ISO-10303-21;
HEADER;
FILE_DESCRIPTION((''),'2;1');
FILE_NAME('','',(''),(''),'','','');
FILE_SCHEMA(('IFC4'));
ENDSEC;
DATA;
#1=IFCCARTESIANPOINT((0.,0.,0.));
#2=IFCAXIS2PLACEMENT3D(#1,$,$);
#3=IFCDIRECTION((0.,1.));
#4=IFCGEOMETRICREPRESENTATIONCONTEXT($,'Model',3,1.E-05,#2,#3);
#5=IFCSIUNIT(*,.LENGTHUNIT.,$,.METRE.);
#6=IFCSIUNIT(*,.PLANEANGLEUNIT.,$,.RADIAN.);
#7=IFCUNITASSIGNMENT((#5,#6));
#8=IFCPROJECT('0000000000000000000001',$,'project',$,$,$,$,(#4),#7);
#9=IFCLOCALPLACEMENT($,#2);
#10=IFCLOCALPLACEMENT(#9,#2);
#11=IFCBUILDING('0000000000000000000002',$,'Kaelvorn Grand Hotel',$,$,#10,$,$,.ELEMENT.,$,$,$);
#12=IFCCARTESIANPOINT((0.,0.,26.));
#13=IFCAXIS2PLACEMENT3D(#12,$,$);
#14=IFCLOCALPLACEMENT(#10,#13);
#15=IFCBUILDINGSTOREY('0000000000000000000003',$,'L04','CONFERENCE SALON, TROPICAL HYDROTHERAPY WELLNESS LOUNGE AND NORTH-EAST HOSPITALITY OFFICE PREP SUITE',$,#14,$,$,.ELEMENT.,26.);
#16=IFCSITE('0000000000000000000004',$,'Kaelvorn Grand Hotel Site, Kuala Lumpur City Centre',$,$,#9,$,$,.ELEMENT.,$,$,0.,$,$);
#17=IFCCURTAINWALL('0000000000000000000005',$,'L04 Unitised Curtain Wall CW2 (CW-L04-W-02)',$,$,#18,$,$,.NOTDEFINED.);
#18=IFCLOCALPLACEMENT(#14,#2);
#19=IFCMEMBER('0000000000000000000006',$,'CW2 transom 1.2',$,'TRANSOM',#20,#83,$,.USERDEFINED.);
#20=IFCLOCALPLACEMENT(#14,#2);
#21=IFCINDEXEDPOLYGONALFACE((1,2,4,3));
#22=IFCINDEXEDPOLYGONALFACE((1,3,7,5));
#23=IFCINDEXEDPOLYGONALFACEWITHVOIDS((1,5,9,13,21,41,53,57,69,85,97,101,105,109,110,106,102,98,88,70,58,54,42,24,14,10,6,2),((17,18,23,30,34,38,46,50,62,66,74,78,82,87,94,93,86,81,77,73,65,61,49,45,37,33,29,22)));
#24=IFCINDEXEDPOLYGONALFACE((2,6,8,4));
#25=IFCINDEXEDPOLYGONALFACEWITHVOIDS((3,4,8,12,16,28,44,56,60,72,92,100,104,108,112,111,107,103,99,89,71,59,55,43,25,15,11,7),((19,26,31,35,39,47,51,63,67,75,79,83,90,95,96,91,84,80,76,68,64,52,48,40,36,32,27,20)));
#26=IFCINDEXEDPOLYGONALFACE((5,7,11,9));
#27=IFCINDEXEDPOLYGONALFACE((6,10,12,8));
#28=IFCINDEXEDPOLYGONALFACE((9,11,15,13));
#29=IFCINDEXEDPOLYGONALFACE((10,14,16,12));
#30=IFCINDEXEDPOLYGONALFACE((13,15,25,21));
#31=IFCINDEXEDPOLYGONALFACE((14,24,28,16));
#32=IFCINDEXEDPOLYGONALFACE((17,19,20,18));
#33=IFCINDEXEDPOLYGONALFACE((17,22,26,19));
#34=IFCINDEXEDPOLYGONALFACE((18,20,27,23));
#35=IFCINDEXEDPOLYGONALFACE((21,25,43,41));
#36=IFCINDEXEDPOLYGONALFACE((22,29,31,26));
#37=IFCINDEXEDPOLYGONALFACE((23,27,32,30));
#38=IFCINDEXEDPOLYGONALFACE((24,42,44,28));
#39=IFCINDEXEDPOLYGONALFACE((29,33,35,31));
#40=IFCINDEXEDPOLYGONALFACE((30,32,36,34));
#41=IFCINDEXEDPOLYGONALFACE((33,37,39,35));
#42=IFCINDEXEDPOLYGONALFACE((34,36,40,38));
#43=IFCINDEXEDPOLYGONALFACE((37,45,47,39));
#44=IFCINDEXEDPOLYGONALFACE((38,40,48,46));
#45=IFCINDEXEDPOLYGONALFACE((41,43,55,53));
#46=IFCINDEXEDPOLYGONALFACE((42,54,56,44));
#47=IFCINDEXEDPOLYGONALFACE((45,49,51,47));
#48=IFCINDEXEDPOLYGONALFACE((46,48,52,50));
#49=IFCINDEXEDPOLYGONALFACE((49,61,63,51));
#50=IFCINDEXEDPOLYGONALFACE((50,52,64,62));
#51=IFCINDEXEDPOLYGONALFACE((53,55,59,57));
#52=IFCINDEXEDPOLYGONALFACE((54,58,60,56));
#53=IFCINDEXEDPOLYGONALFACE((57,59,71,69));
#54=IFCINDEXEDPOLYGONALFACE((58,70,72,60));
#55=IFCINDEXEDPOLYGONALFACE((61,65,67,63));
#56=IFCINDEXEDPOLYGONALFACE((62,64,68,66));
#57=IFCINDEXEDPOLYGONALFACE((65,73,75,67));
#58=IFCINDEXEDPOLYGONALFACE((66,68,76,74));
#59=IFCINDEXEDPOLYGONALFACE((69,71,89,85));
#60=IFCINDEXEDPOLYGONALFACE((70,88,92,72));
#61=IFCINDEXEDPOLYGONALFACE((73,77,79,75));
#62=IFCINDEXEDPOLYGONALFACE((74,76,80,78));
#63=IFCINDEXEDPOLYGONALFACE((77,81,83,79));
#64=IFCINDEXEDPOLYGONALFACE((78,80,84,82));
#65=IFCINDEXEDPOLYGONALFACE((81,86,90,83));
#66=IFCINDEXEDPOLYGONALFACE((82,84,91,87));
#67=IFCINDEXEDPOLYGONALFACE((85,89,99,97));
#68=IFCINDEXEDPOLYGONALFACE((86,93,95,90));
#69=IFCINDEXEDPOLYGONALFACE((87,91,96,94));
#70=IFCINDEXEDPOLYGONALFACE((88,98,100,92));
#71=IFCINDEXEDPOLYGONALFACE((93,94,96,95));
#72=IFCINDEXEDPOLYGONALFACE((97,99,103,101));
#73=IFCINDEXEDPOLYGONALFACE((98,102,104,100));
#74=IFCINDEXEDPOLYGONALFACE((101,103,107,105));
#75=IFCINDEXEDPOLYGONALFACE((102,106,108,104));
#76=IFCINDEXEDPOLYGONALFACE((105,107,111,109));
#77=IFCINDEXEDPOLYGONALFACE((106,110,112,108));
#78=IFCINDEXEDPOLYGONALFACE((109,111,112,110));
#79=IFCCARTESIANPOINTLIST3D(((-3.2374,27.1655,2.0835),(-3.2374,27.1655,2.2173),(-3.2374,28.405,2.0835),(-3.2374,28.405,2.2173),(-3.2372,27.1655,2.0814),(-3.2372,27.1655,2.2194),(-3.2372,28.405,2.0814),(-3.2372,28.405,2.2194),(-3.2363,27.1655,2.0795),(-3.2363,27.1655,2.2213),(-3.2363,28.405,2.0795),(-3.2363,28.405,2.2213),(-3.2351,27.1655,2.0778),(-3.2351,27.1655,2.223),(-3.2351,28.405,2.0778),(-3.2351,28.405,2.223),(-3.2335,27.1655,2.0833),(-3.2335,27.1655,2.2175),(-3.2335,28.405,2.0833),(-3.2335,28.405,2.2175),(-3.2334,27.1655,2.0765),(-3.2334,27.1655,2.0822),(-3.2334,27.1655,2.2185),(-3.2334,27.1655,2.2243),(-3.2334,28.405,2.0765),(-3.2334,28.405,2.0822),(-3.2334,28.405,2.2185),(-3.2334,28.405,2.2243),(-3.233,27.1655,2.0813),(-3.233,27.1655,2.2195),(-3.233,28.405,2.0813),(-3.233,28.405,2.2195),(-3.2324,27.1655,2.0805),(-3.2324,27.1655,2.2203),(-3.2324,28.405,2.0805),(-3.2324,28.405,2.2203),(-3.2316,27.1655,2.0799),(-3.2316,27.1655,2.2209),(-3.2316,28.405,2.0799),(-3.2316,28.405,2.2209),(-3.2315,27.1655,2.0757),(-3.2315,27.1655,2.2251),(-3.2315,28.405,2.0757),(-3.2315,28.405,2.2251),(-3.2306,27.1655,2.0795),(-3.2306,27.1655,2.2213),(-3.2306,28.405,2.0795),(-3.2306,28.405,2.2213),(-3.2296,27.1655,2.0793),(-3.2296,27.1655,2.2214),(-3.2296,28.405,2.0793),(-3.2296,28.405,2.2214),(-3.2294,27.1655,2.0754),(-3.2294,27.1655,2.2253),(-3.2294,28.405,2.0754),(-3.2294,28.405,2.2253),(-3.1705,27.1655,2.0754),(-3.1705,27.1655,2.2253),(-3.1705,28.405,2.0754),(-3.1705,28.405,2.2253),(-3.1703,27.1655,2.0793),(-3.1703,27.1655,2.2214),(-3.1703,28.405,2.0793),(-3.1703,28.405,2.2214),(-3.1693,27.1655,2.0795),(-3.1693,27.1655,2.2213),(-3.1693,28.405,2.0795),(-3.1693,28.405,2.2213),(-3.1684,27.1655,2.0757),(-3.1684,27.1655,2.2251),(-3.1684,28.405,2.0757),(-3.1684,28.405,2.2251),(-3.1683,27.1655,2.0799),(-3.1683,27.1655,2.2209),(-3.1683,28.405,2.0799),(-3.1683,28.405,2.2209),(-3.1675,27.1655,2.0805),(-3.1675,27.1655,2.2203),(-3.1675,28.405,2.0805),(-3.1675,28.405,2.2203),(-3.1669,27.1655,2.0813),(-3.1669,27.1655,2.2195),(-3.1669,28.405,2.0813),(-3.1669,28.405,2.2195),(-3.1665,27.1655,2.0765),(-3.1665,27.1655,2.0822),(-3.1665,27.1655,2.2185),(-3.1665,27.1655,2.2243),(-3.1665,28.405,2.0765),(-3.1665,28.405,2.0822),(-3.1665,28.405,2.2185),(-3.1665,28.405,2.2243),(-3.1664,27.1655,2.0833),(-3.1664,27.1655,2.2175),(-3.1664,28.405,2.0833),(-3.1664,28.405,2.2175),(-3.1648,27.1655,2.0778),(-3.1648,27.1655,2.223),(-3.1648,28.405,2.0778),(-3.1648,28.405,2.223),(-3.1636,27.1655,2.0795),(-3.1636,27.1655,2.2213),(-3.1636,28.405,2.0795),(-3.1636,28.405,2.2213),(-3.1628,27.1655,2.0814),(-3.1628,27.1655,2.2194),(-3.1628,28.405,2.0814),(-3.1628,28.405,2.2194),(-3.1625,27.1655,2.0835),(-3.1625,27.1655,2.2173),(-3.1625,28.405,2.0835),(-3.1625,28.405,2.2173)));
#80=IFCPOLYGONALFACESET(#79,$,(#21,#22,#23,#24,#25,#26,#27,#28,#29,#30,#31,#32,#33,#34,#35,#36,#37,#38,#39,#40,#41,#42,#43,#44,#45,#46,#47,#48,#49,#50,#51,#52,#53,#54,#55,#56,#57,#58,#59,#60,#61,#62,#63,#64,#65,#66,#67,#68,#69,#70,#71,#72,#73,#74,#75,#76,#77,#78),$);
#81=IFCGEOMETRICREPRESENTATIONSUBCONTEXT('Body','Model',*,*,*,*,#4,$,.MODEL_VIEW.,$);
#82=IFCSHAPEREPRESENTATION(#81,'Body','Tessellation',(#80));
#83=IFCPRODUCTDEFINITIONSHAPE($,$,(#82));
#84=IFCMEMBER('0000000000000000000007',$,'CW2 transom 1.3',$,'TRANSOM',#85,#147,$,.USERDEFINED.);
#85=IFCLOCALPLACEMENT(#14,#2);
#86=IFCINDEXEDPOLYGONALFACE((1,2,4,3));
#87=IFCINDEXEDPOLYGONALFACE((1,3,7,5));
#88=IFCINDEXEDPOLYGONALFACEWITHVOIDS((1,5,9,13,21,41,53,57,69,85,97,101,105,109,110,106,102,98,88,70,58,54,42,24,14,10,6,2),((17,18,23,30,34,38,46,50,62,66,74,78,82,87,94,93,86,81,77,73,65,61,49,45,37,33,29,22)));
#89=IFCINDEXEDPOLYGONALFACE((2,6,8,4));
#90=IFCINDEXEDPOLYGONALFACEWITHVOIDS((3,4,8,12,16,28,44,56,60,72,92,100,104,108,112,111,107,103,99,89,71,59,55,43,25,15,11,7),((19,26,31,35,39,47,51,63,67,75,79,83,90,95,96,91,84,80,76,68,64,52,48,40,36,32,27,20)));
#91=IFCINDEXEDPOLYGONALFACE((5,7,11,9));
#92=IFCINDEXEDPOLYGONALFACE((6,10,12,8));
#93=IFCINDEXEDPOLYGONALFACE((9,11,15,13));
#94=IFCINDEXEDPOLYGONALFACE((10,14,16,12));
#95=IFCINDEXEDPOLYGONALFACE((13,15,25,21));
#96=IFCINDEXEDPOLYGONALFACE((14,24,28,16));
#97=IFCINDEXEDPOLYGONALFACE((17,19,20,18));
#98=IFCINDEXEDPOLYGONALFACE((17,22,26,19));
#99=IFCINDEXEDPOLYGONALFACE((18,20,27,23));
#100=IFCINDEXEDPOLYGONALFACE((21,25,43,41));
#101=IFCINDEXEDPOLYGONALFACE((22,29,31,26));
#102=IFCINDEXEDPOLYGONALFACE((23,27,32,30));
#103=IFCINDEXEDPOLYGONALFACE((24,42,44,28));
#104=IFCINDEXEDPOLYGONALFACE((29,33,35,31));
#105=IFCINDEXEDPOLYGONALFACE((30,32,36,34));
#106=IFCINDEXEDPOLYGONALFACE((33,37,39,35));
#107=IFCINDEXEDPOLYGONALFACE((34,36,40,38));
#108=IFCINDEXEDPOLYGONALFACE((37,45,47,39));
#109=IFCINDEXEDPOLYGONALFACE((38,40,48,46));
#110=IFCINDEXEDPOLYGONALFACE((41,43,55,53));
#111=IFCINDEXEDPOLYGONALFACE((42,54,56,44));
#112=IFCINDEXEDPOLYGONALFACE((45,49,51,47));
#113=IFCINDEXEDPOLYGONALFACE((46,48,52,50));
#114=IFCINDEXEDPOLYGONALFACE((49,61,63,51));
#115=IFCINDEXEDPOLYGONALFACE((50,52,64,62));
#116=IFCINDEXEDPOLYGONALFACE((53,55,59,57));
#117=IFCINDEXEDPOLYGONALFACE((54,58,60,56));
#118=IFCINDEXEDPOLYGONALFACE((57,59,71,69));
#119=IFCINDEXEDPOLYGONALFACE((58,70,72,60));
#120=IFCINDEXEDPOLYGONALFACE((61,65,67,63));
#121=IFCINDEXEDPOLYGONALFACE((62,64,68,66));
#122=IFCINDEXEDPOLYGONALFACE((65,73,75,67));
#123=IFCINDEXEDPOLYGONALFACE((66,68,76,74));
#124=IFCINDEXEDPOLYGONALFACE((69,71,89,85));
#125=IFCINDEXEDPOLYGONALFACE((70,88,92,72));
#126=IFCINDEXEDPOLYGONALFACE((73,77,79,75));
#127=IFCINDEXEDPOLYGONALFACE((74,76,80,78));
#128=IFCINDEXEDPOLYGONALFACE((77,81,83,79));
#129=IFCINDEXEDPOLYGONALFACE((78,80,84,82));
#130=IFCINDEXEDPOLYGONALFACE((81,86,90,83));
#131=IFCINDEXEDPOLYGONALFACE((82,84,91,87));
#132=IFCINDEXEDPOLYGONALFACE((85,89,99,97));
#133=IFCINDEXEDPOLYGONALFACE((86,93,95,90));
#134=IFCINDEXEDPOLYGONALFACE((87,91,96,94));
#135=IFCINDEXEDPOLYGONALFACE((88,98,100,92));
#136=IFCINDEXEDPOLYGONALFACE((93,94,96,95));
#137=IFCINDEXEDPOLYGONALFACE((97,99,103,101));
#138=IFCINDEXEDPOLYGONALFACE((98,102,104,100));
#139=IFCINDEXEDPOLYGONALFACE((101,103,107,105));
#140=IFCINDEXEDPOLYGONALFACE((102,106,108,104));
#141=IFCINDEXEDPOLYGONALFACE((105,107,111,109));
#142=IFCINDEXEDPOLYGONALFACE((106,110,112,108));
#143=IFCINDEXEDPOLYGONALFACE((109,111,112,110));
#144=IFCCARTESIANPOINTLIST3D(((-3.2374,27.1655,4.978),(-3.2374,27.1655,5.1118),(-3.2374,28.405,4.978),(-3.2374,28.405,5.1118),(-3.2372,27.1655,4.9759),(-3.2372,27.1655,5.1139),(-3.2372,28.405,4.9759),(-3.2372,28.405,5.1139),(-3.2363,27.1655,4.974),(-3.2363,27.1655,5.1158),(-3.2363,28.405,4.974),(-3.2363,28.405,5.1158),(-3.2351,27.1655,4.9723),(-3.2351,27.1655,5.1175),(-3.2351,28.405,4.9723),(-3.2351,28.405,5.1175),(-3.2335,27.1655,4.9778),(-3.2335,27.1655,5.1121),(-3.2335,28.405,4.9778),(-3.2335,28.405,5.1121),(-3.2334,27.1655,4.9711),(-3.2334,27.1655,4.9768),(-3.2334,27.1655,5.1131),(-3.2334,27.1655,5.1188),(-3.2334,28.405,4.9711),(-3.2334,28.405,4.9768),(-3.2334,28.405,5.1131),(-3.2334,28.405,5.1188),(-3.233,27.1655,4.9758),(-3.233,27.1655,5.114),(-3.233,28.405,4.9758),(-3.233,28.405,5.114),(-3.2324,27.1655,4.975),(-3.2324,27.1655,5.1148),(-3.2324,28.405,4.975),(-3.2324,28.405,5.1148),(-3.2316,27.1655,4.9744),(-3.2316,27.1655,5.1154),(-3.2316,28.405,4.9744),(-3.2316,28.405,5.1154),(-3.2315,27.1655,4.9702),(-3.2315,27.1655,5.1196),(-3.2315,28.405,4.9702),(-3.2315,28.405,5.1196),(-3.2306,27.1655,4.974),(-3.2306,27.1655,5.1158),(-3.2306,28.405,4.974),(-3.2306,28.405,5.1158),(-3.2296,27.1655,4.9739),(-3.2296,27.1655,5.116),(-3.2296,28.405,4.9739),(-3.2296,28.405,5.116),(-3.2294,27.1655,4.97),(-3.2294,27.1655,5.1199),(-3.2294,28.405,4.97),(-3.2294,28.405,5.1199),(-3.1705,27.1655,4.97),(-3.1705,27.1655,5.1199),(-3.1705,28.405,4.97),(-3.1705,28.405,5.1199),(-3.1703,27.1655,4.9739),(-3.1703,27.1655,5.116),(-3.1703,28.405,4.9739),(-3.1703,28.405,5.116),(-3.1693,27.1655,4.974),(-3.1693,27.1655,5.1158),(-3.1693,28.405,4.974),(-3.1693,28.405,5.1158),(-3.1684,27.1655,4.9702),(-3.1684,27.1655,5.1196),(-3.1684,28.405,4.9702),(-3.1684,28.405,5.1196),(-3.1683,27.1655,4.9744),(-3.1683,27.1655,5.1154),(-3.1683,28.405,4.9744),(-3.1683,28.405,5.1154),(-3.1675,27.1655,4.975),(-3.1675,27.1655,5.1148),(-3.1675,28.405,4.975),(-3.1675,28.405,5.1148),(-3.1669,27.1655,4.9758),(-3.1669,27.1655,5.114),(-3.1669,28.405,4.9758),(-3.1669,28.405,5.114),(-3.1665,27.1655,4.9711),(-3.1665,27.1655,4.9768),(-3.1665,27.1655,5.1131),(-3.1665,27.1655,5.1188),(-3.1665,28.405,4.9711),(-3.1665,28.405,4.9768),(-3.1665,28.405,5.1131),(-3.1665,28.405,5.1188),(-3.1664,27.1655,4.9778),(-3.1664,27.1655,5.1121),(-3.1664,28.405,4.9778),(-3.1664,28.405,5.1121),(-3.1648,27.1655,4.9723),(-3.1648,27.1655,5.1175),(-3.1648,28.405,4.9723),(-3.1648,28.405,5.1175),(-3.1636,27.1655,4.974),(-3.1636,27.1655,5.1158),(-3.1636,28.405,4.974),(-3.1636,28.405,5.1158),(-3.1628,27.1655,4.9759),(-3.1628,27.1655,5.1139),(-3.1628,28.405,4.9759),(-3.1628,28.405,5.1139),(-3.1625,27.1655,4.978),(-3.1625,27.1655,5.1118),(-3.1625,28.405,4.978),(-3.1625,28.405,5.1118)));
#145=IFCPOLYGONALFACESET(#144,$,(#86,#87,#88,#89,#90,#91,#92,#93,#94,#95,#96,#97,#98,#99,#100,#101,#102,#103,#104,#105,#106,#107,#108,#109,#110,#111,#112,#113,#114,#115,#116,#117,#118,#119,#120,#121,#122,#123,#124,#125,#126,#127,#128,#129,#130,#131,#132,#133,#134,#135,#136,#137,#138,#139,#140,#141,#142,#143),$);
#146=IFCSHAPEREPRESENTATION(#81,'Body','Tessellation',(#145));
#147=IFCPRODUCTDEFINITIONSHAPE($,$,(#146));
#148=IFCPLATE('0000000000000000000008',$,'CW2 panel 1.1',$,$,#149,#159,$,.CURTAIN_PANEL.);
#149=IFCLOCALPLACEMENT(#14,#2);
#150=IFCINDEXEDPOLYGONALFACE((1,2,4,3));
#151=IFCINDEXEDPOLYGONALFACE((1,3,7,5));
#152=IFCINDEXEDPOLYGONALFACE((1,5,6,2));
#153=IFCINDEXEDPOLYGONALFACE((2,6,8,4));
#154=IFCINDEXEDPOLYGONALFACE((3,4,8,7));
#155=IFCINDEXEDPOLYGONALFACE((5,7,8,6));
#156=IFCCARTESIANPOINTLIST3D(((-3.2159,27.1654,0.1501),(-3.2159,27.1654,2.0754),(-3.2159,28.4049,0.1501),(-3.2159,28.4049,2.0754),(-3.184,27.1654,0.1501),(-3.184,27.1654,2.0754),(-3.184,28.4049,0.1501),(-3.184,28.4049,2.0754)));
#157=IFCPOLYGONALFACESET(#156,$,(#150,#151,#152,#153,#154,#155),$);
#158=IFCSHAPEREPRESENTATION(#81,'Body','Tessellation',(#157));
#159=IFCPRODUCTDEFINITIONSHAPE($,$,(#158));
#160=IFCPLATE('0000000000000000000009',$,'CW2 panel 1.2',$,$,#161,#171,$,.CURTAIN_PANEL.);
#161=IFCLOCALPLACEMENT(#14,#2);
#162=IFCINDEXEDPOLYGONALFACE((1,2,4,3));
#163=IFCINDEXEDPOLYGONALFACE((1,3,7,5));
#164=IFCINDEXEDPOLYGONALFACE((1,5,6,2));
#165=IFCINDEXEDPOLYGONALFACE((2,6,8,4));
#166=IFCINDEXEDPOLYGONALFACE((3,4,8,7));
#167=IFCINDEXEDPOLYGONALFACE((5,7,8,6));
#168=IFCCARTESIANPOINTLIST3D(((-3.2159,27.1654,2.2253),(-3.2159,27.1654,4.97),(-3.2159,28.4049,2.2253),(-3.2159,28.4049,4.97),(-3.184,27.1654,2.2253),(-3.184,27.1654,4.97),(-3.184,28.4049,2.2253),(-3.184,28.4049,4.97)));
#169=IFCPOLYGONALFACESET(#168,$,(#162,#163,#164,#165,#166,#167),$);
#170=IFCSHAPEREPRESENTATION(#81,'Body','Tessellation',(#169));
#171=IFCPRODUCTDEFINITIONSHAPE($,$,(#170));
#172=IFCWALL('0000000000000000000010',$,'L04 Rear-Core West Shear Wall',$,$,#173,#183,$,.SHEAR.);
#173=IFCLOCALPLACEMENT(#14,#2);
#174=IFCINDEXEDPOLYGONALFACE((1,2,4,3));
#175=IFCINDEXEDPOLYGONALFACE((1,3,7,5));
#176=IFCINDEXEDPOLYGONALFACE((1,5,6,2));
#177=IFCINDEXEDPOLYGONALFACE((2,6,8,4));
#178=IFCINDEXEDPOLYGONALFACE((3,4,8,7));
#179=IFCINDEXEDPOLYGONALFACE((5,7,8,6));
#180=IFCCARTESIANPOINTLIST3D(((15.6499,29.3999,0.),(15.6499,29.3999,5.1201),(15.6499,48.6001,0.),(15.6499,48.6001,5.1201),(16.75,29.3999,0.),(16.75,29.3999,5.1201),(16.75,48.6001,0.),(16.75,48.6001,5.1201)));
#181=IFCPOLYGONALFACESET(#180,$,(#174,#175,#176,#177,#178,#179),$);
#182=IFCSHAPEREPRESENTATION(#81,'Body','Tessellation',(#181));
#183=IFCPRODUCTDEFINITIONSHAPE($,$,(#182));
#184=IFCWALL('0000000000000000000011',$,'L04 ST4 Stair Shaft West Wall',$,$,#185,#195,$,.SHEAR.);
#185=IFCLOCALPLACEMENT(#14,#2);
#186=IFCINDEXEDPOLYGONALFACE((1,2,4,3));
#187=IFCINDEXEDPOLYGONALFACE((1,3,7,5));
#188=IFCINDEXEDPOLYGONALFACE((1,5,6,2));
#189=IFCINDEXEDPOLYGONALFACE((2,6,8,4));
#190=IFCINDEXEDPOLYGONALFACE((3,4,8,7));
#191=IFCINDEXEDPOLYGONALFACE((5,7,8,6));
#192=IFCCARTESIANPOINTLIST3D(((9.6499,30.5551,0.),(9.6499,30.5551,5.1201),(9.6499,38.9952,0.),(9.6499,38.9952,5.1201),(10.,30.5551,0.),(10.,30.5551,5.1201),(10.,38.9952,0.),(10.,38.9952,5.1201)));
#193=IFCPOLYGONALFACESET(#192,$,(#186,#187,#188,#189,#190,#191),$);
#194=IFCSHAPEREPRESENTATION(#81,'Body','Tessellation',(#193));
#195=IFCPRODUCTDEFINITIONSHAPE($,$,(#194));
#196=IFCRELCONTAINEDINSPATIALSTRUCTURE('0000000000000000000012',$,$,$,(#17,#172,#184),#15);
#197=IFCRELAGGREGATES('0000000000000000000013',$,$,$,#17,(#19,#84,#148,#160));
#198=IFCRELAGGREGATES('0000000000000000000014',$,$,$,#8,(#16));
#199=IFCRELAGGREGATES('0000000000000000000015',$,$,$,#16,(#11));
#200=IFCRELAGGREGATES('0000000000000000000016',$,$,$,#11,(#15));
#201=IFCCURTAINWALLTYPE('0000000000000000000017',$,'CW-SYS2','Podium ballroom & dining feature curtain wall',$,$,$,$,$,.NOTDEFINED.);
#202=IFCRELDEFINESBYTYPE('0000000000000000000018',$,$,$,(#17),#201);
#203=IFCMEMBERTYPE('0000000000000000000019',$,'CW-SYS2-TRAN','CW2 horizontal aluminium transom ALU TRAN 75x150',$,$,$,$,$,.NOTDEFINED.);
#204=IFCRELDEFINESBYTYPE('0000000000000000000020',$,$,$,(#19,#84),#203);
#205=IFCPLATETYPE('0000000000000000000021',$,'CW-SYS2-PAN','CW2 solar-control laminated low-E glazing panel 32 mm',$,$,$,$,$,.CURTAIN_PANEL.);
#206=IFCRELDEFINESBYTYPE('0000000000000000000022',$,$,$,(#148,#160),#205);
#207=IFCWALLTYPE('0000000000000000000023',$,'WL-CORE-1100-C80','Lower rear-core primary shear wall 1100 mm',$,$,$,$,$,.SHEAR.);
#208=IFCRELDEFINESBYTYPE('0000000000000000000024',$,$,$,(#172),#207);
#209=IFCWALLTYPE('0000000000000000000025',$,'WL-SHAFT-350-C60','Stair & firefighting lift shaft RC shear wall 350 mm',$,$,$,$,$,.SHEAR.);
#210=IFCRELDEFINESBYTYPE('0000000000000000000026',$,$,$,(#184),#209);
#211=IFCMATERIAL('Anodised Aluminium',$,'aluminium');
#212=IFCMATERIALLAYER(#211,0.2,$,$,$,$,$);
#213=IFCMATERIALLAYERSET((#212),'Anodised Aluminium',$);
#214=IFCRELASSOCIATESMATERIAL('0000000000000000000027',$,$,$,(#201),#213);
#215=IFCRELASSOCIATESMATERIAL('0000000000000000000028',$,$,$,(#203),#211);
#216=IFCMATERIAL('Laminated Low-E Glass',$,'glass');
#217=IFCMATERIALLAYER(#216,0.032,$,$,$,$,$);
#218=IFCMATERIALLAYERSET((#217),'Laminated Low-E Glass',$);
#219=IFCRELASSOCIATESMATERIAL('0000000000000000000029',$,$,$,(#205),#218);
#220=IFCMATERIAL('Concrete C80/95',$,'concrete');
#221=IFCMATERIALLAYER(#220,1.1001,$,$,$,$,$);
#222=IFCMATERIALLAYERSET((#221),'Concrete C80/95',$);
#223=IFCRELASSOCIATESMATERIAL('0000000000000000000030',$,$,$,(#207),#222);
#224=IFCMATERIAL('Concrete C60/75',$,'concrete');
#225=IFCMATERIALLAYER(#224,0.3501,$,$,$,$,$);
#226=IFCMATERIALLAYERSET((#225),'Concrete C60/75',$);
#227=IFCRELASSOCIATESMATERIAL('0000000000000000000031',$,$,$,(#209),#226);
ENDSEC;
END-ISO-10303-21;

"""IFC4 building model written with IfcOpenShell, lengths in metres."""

from ifc_helpers import new_model, si_unit, direction, frame, frame_2d, origin, origin_2d, place, context, subcontext, project, spatial, rectangle, hollow_rectangle, extrude, material, layer, layer_set, material_profile, profile_set, type_object, element, aggregate, save


model = new_model("IFC4")

# Units and contexts
model_context = context("Model", 3, precision=1e-05, world=origin(), true_north=direction((0.0, 1.0)))
body_context = subcontext(model_context, "Body", "Model", "MODEL_VIEW")
ifc_project = project(units=[si_unit("LENGTHUNIT", "METRE"), si_unit("PLANEANGLEUNIT", "RADIAN")], contexts=[model_context])

# Site, building, storey
site_placement = place(None, origin())
site = spatial("IfcSite", under=ifc_project, at=site_placement, Name="Kaelvorn Grand Hotel Site, Kuala Lumpur City Centre", CompositionType="ELEMENT", RefElevation=0.0)
building_placement = place(site_placement, origin())
building = spatial("IfcBuilding", under=site, at=building_placement, Name="Kaelvorn Grand Hotel", CompositionType="ELEMENT")
storey_placement = place(building_placement, frame((0.0, 0.0, 26.0)))
storey = spatial("IfcBuildingStorey", under=building, at=storey_placement, Name="L04", Description="CONFERENCE SALON, TROPICAL HYDROTHERAPY WELLNESS LOUNGE AND NORTH-EAST HOSPITALITY OFFICE PREP SUITE", CompositionType="ELEMENT", Elevation=26.0)

# Shared definitions
ifc_material_1 = material(Name="Concrete C80/95", Category="concrete")

# Shared definitions
ifc_material_2 = material(Name="Concrete C60/75", Category="concrete")

# Curtain wall, members, plates
ifc_material_3 = material(Name="Anodised Aluminium", Category="aluminium")
ifc_layer_1 = layer(ifc_material_3, 0.2)
ifc_layer_set_1 = layer_set([ifc_layer_1], Name="Anodised Aluminium")
curtain_wall_type = type_object("IfcCurtainWallType", Name="CW-SYS2", Description="Podium ballroom & dining feature curtain wall", PredefinedType="NOTDEFINED", material=ifc_layer_set_1)
curtain_wall_placement = place(storey_placement, origin())
curtain_wall = element("IfcCurtainWall", 1, at=curtain_wall_placement, inside=storey, type_object=curtain_wall_type, Name="L04 Unitised Curtain Wall CW2 (CW-L04-W-02)", PredefinedType="NOTDEFINED")
ifc_material_profile_1 = material_profile(ifc_material_3, hollow_rectangle(XDim=0.075, YDim=0.1499, WallThickness=0.0039, InnerFilletRadius=0.0039, OuterFilletRadius=0.0081, at=origin_2d()), Name="ALU TRAN 75x150")
ifc_profile_set_1 = profile_set([ifc_material_profile_1], Name="Anodised Aluminium")
member_type_1 = type_object("IfcMemberType", Name="CW-SYS2-TRAN", Description="CW2 horizontal aluminium transom ALU TRAN 75x150", PredefinedType="NOTDEFINED", material=ifc_profile_set_1)
member_1_placement = place(storey_placement, frame((-3.2, 28.405, 2.1504), z_axis=(0.0, -1.0, 0.0), x_axis=(1.0, 0.0, 0.0)))
member_1 = element("IfcMember", 2, at=member_1_placement, type_object=member_type_1, Name="CW2 transom 1.2", ObjectType="TRANSOM", PredefinedType="USERDEFINED", context=body_context, shape_type="SweptSolid", body=[
    extrude(hollow_rectangle(XDim=0.075, YDim=0.1499, WallThickness=0.0039, InnerFilletRadius=0.0039, OuterFilletRadius=0.0081, at=origin_2d()), origin(), (0.0, 0.0, 1.0), 1.2395),
])
member_2_placement = place(storey_placement, frame((-3.2, 28.405, 5.0449), z_axis=(0.0, -1.0, 0.0), x_axis=(1.0, 0.0, 0.0)))
member_2 = element("IfcMember", 3, at=member_2_placement, type_object=member_type_1, Name="CW2 transom 1.3", ObjectType="TRANSOM", PredefinedType="USERDEFINED", context=body_context, shape_type="SweptSolid", body=[
    extrude(hollow_rectangle(XDim=0.075, YDim=0.1499, WallThickness=0.0039, InnerFilletRadius=0.0039, OuterFilletRadius=0.0081, at=origin_2d()), origin(), (0.0, 0.0, 1.0), 1.2395),
])
ifc_material_4 = material(Name="Laminated Low-E Glass", Category="glass")
ifc_layer_2 = layer(ifc_material_4, 0.032)
ifc_layer_set_2 = layer_set([ifc_layer_2], Name="Laminated Low-E Glass")
plate_type = type_object("IfcPlateType", Name="CW-SYS2-PAN", Description="CW2 solar-control laminated low-E glazing panel 32 mm", PredefinedType="CURTAIN_PANEL", material=ifc_layer_set_2)
plate_1_placement = place(storey_placement, frame((-3.2, 27.7852, 0.1501), z_axis=(0.0, 0.0, 1.0), x_axis=(0.0, -1.0, 0.0)))
plate_1 = element("IfcPlate", 4, at=plate_1_placement, type_object=plate_type, Name="CW2 panel 1.1", PredefinedType="CURTAIN_PANEL", context=body_context, shape_type="SweptSolid", body=[
    extrude(rectangle(XDim=1.2395, YDim=0.032, at=origin_2d()), origin(), (0.0, 0.0, 1.0), 1.9253),
])
plate_2_placement = place(storey_placement, frame((-3.2, 27.7852, 2.2253), z_axis=(0.0, 0.0, 1.0), x_axis=(0.0, -1.0, 0.0)))
plate_2 = element("IfcPlate", 5, at=plate_2_placement, type_object=plate_type, Name="CW2 panel 1.2", PredefinedType="CURTAIN_PANEL", context=body_context, shape_type="SweptSolid", body=[
    extrude(rectangle(XDim=1.2395, YDim=0.032, at=origin_2d()), origin(), (0.0, 0.0, 1.0), 2.7446),
])
aggregate(curtain_wall, [member_1, member_2, plate_1, plate_2])

# Wall
ifc_layer_3 = layer(ifc_material_1, 1.1001)
ifc_layer_set_3 = layer_set([ifc_layer_3], Name="Concrete C80/95")
wall_type_1 = type_object("IfcWallType", Name="WL-CORE-1100-C80", Description="Lower rear-core primary shear wall 1100 mm", PredefinedType="SHEAR", material=ifc_layer_set_3)
wall_1_placement = place(storey_placement, frame((16.2, 29.3999, 0.0), z_axis=(0.0, 0.0, 1.0), x_axis=(0.0, 1.0, 0.0)))
element("IfcWall", 6, at=wall_1_placement, inside=storey, type_object=wall_type_1, Name="L04 Rear-Core West Shear Wall", PredefinedType="SHEAR", context=body_context, shape_type="SweptSolid", body=[
    extrude(rectangle(XDim=19.2002, YDim=1.1001, at=frame_2d((9.6001, 0.0))), origin(), (0.0, 0.0, 1.0), 5.1201),
])

# Shared definitions
ifc_layer_4 = layer(ifc_material_2, 0.3501)
ifc_layer_set_4 = layer_set([ifc_layer_4], Name="Concrete C60/75")
wall_type_2 = type_object("IfcWallType", Name="WL-SHAFT-350-C60", Description="Stair & firefighting lift shaft RC shear wall 350 mm", PredefinedType="SHEAR", material=ifc_layer_set_4)

# Wall
wall_2_placement = place(storey_placement, frame((9.825, 30.5549, 0.0), z_axis=(0.0, 0.0, 1.0), x_axis=(0.0, 1.0, 0.0)))
element("IfcWall", 7, at=wall_2_placement, inside=storey, type_object=wall_type_2, Name="L04 ST4 Stair Shaft West Wall", PredefinedType="SHEAR", context=body_context, shape_type="SweptSolid", body=[
    extrude(rectangle(XDim=8.4402, YDim=0.3501, at=frame_2d((4.2202, 0.0))), origin(), (0.0, 0.0, 1.0), 5.1201),
])

save(model, "model.ifc")
